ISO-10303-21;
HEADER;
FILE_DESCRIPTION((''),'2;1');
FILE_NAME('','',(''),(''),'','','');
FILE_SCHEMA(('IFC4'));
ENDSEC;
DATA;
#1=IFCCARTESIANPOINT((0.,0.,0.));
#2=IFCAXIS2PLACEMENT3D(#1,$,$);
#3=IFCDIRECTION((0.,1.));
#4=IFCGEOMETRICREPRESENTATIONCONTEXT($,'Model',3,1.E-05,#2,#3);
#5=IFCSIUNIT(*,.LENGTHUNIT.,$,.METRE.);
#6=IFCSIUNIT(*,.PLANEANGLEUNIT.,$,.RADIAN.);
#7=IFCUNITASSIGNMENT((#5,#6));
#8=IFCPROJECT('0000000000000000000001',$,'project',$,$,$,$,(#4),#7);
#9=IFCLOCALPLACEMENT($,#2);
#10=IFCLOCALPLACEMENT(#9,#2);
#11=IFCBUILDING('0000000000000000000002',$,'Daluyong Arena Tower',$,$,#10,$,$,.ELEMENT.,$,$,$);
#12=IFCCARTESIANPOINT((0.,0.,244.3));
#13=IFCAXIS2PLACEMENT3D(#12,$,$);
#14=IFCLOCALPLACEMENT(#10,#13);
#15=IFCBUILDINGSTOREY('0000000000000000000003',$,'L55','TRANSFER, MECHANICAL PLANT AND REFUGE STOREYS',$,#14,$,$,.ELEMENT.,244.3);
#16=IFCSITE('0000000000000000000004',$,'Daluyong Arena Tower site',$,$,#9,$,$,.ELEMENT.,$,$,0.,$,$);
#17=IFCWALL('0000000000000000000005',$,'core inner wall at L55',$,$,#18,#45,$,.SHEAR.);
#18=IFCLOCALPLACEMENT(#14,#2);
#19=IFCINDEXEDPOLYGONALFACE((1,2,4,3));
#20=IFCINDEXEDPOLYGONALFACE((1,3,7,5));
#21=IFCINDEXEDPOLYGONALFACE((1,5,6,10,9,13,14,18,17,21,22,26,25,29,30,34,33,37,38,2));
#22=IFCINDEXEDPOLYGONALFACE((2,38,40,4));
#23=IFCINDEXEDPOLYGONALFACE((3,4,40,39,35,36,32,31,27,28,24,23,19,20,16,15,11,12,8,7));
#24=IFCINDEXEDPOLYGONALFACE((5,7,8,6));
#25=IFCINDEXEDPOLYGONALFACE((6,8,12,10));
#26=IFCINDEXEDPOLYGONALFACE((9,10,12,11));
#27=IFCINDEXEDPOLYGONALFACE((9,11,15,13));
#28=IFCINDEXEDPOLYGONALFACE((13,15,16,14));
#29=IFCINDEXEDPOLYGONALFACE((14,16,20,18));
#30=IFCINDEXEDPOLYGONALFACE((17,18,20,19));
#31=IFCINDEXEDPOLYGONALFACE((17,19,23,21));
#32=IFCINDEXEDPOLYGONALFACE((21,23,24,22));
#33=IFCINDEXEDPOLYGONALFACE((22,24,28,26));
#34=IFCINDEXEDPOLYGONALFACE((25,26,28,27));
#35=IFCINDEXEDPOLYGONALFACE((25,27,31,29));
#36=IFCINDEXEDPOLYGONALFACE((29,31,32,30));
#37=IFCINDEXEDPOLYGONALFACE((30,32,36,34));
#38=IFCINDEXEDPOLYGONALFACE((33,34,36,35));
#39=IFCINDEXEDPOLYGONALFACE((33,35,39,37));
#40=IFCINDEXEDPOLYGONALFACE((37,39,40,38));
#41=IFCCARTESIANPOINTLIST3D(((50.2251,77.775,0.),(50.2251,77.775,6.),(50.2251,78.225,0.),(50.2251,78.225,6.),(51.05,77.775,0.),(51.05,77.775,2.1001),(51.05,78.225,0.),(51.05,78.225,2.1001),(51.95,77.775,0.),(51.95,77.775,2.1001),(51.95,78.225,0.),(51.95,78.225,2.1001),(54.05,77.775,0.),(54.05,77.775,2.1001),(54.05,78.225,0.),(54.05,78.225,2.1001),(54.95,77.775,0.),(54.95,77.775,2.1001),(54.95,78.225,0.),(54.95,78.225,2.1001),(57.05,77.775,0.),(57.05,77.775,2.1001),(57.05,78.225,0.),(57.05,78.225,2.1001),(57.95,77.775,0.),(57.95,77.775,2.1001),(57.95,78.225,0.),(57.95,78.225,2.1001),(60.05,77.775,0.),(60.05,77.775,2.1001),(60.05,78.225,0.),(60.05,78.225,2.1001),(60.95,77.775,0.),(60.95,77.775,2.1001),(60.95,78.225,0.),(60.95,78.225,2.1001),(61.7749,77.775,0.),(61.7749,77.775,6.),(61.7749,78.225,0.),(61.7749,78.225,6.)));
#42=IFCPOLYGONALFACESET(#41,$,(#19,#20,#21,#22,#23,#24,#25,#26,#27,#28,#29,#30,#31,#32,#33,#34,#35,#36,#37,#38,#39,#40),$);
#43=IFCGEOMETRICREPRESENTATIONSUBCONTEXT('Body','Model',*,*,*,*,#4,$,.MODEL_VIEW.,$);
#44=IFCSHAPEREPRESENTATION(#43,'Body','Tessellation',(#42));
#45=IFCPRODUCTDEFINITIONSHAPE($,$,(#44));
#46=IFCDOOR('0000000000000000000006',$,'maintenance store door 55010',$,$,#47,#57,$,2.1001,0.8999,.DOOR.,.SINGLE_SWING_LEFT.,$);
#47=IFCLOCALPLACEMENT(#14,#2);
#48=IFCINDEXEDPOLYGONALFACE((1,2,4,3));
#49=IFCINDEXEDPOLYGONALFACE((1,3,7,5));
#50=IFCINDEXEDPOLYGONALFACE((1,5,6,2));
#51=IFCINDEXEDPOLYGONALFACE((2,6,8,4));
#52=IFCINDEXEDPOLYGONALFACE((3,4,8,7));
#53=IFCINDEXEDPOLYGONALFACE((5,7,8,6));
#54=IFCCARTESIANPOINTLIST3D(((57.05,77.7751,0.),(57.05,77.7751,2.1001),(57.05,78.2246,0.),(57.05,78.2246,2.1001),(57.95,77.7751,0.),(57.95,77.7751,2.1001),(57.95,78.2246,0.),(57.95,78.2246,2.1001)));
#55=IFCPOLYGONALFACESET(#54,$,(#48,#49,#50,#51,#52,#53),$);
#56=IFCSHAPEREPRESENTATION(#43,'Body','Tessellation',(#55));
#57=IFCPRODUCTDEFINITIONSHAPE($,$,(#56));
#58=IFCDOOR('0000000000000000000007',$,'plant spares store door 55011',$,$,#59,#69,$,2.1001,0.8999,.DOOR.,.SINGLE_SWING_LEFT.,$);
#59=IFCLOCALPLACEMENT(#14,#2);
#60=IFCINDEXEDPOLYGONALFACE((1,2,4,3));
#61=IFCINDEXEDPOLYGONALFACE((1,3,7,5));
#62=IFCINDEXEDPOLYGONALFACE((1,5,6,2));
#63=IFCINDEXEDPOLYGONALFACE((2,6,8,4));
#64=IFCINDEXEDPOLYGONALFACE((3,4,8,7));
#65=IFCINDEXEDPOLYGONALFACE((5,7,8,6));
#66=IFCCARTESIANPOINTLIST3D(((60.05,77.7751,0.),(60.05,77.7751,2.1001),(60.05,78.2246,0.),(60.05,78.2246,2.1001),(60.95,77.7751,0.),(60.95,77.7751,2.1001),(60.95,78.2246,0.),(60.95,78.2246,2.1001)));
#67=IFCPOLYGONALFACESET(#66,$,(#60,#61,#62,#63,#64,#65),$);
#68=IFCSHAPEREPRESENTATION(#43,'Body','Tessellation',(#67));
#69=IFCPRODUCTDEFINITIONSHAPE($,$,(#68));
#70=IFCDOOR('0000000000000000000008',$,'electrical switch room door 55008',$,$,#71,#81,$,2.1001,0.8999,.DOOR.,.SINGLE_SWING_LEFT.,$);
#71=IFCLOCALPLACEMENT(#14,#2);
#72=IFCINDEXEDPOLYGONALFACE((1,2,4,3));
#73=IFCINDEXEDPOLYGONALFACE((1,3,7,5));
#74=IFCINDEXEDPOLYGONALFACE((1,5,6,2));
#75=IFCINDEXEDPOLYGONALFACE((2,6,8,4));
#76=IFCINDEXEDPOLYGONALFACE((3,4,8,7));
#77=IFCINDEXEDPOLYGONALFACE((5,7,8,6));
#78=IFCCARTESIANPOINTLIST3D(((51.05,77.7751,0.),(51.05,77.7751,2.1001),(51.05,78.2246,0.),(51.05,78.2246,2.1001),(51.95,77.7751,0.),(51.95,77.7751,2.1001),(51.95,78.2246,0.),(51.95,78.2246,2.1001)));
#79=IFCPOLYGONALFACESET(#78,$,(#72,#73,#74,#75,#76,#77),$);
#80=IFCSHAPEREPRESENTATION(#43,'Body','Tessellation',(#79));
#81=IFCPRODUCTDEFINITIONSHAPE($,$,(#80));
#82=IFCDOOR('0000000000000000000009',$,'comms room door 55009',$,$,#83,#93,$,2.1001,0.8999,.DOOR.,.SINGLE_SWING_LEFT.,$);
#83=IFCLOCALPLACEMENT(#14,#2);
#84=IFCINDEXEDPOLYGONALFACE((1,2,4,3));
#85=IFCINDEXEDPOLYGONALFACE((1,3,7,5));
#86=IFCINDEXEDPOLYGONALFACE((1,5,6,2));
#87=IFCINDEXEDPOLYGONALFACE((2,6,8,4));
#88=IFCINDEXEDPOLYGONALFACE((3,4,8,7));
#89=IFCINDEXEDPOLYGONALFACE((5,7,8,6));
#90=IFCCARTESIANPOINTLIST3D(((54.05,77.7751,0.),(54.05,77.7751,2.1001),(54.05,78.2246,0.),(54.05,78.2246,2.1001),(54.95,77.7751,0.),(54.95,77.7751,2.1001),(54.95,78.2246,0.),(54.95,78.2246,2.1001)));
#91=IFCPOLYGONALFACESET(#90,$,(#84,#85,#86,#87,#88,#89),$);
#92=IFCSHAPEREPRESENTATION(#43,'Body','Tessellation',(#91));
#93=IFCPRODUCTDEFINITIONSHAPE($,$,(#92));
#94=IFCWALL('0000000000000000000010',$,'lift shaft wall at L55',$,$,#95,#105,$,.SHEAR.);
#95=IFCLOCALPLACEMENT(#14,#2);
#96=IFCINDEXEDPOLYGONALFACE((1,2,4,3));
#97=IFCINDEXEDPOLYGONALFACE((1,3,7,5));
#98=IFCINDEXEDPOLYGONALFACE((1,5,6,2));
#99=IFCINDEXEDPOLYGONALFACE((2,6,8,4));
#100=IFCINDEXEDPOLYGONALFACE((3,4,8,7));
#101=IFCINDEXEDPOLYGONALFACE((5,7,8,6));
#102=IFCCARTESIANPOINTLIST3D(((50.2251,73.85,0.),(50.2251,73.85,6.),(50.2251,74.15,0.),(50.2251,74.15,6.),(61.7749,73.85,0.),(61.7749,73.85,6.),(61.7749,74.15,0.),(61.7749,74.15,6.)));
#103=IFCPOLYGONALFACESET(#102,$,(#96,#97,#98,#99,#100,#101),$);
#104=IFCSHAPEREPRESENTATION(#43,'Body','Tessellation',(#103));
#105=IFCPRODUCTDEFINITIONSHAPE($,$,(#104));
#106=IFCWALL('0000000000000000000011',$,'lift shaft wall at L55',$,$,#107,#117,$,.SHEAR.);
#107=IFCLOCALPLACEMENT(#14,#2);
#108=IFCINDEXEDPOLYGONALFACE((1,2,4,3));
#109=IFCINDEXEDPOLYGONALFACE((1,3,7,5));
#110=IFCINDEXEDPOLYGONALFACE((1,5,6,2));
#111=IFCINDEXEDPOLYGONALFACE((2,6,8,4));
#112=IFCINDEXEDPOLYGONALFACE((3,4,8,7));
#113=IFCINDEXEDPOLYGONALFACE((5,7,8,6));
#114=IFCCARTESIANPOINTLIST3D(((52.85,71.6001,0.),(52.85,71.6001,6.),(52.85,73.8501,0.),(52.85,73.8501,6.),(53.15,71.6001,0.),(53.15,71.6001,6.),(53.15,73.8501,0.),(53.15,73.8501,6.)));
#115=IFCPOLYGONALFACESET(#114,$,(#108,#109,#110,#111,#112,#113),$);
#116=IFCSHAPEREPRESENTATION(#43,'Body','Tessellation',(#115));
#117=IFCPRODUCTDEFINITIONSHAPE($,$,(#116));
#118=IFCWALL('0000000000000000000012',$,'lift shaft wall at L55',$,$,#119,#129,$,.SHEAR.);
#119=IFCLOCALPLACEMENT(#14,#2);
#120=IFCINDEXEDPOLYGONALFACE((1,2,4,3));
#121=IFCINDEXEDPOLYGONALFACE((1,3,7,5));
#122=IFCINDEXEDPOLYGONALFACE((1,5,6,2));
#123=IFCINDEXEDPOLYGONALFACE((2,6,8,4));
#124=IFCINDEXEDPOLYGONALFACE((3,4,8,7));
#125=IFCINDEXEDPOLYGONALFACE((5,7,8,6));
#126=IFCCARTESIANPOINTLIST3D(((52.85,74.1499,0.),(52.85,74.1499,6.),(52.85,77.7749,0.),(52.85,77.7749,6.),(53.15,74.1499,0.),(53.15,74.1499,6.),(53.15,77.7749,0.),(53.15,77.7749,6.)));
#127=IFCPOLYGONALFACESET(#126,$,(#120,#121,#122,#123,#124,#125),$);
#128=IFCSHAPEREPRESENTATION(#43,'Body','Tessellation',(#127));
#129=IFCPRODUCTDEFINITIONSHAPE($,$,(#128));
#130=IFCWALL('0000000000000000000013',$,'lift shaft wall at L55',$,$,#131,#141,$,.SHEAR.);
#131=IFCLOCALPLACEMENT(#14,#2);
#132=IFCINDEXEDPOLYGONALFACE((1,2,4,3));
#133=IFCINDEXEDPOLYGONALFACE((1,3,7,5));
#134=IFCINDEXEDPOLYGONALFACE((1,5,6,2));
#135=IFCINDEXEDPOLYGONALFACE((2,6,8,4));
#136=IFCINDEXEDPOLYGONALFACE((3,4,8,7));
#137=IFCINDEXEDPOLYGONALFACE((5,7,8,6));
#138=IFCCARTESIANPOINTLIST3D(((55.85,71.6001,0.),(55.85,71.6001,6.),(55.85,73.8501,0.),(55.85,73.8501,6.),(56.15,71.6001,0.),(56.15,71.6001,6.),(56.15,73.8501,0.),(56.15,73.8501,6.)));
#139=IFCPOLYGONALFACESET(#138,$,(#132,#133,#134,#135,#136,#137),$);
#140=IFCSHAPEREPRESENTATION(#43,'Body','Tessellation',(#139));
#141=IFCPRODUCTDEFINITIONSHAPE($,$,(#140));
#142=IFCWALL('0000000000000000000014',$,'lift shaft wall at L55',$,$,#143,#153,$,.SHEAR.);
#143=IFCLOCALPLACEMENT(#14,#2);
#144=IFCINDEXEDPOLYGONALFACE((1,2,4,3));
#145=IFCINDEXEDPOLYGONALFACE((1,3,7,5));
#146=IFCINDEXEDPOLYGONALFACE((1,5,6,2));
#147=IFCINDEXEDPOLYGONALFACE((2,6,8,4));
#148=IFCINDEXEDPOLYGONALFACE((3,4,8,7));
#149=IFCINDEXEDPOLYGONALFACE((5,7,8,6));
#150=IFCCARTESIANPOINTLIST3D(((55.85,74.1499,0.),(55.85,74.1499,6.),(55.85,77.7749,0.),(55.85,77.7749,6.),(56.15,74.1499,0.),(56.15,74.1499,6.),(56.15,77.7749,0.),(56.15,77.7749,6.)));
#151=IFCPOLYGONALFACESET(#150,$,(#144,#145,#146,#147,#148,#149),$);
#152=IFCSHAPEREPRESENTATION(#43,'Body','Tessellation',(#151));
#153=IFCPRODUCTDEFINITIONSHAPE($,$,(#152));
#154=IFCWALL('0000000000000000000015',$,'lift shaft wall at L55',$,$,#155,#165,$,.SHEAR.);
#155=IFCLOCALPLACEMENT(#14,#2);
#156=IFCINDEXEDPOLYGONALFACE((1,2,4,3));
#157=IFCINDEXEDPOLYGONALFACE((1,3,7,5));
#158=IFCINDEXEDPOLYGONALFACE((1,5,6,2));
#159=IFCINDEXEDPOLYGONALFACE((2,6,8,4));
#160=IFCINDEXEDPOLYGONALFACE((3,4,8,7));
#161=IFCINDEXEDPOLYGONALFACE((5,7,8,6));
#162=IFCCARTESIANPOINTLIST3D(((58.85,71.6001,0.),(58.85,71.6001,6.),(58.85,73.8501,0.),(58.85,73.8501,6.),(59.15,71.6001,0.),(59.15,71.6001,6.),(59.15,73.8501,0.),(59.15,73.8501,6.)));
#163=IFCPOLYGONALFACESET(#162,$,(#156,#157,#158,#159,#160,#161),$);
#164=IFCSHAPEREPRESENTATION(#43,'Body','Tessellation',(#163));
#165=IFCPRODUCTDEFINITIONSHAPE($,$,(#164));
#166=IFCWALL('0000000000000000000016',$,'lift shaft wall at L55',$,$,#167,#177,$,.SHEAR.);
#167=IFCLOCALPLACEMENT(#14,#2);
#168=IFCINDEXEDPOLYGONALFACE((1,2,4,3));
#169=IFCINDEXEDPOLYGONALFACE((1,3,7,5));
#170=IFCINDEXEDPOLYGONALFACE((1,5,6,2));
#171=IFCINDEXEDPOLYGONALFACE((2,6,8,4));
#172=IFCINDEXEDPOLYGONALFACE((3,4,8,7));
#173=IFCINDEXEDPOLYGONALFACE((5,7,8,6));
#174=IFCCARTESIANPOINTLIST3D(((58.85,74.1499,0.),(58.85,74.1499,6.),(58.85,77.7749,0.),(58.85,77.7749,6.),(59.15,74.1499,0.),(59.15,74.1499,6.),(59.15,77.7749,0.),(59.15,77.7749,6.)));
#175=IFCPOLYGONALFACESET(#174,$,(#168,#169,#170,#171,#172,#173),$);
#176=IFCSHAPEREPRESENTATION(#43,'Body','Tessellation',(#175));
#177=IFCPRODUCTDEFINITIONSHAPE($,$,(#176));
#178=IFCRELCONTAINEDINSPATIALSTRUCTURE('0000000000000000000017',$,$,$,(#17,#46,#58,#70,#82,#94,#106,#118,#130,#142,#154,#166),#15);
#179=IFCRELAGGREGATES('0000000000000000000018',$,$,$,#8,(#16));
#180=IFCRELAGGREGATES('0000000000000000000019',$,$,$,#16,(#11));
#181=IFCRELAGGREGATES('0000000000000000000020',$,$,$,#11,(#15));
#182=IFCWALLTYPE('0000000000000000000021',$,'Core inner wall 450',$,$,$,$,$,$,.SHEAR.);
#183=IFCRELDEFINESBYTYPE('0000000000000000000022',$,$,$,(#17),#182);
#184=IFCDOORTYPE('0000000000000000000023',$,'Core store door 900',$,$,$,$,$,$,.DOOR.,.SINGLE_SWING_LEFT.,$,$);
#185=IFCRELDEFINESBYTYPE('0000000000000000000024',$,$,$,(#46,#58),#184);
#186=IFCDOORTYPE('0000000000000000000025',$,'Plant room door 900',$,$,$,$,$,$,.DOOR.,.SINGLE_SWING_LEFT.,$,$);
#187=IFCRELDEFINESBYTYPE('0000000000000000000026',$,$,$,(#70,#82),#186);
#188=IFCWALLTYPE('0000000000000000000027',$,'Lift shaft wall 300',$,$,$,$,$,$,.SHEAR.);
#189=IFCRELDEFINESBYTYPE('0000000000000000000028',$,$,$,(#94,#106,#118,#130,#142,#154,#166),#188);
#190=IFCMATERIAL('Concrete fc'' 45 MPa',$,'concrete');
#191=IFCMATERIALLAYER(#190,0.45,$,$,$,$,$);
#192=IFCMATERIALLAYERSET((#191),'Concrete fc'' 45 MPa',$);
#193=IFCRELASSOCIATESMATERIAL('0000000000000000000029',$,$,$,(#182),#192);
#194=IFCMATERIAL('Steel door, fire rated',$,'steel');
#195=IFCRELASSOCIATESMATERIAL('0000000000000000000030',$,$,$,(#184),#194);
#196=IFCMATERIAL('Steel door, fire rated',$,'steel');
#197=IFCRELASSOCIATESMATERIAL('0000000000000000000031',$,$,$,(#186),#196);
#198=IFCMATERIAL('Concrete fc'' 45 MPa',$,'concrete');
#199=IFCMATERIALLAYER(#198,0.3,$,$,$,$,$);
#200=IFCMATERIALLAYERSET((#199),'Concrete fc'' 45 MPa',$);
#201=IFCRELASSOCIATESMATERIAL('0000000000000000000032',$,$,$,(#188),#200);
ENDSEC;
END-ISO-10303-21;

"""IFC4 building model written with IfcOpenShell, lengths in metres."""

from ifc_helpers import new_model, si_unit, direction, frame, frame_2d, origin, place, context, subcontext, project, spatial, rectangle, extrude, material, layer, layer_set, type_object, element, fill, save


model = new_model("IFC4")

# Units and contexts
model_context = context("Model", 3, precision=1e-05, world=origin(), true_north=direction((0.0, 1.0)))
body_context = subcontext(model_context, "Body", "Model", "MODEL_VIEW")
ifc_project = project(units=[si_unit("LENGTHUNIT", "METRE"), si_unit("PLANEANGLEUNIT", "RADIAN")], contexts=[model_context])

# Site, building, storey
site_placement = place(None, origin())
site = spatial("IfcSite", under=ifc_project, at=site_placement, Name="Daluyong Arena Tower site", CompositionType="ELEMENT", RefElevation=0.0)
building_placement = place(site_placement, origin())
building = spatial("IfcBuilding", under=site, at=building_placement, Name="Daluyong Arena Tower", CompositionType="ELEMENT")
storey_placement = place(building_placement, frame((0.0, 0.0, 244.3)))
storey = spatial("IfcBuildingStorey", under=building, at=storey_placement, Name="L55", Description="TRANSFER, MECHANICAL PLANT AND REFUGE STOREYS", CompositionType="ELEMENT", Elevation=244.3)

# Shared definitions
ifc_material_1 = material(Name="Concrete fc' 45 MPa", Category="concrete")
ifc_layer_1 = layer(ifc_material_1, 0.45)
ifc_layer_set_1 = layer_set([ifc_layer_1], Name="Concrete fc' 45 MPa")
wall_type_1 = type_object("IfcWallType", Name="Core inner wall 450", PredefinedType="SHEAR", material=ifc_layer_set_1)

# Wall, openings, doors
wall_1_placement = place(storey_placement, frame((50.2251, 78.0, 0.0), z_axis=(0.0, 0.0, 1.0), x_axis=(1.0, 0.0, 0.0)))
wall_1 = element("IfcWall", 1, at=wall_1_placement, inside=storey, type_object=wall_type_1, Name="core inner wall at L55", PredefinedType="SHEAR", context=body_context, shape_type="SweptSolid", body=[
    extrude(rectangle(XDim=11.5498, YDim=0.45, at=frame_2d((5.7749, 0.0))), origin(), (0.0, 0.0, 1.0), 6.0),
])
opening_1_placement = place(wall_1_placement, frame((0.825, 0.0, 0.0)))
opening_1 = element("IfcOpeningElement", 2, at=opening_1_placement, cuts=wall_1, PredefinedType="OPENING", context=body_context, shape_type="SweptSolid", body=[
    extrude(rectangle(XDim=0.8999, YDim=2.1001, at=frame_2d((0.45, 1.05))), frame((0.0, 0.2349, 0.0), z_axis=(0.0, -1.0, 0.0), x_axis=(1.0, 0.0, 0.0)), (0.0, 0.0, 1.0), 0.47),
])
opening_2_placement = place(wall_1_placement, frame((3.825, 0.0, 0.0)))
opening_2 = element("IfcOpeningElement", 3, at=opening_2_placement, cuts=wall_1, PredefinedType="OPENING", context=body_context, shape_type="SweptSolid", body=[
    extrude(rectangle(XDim=0.8999, YDim=2.1001, at=frame_2d((0.45, 1.05))), frame((0.0, 0.2349, 0.0), z_axis=(0.0, -1.0, 0.0), x_axis=(1.0, 0.0, 0.0)), (0.0, 0.0, 1.0), 0.47),
])
opening_3_placement = place(wall_1_placement, frame((6.825, 0.0, 0.0)))
opening_3 = element("IfcOpeningElement", 4, at=opening_3_placement, cuts=wall_1, PredefinedType="OPENING", context=body_context, shape_type="SweptSolid", body=[
    extrude(rectangle(XDim=0.8999, YDim=2.1001, at=frame_2d((0.45, 1.05))), frame((0.0, 0.2349, 0.0), z_axis=(0.0, -1.0, 0.0), x_axis=(1.0, 0.0, 0.0)), (0.0, 0.0, 1.0), 0.47),
])
opening_4_placement = place(wall_1_placement, frame((9.825, 0.0, 0.0)))
opening_4 = element("IfcOpeningElement", 5, at=opening_4_placement, cuts=wall_1, PredefinedType="OPENING", context=body_context, shape_type="SweptSolid", body=[
    extrude(rectangle(XDim=0.8999, YDim=2.1001, at=frame_2d((0.45, 1.05))), frame((0.0, 0.2349, 0.0), z_axis=(0.0, -1.0, 0.0), x_axis=(1.0, 0.0, 0.0)), (0.0, 0.0, 1.0), 0.47),
])
ifc_material_2 = material(Name="Steel door, fire rated", Category="steel")
door_type_1 = type_object("IfcDoorType", Name="Core store door 900", OperationType="SINGLE_SWING_LEFT", PredefinedType="DOOR", material=ifc_material_2)
door_1_placement = place(opening_3_placement, origin())
door_1 = element("IfcDoor", 6, at=door_1_placement, inside=storey, type_object=door_type_1, Name="maintenance store door 55010", OperationType="SINGLE_SWING_LEFT", OverallHeight=2.1001, OverallWidth=0.8999, PredefinedType="DOOR", context=body_context, shape_type="SweptSolid", body=[
    extrude(rectangle(XDim=0.8999, YDim=2.1001, at=frame_2d((0.45, 1.05))), frame((0.0, 0.2246, 0.0), z_axis=(0.0, -1.0, 0.0), x_axis=(1.0, 0.0, 0.0)), (0.0, 0.0, 1.0), 0.4495),
])
fill(opening_3, door_1)
door_2_placement = place(opening_4_placement, origin())
door_2 = element("IfcDoor", 7, at=door_2_placement, inside=storey, type_object=door_type_1, Name="plant spares store door 55011", OperationType="SINGLE_SWING_LEFT", OverallHeight=2.1001, OverallWidth=0.8999, PredefinedType="DOOR", context=body_context, shape_type="SweptSolid", body=[
    extrude(rectangle(XDim=0.8999, YDim=2.1001, at=frame_2d((0.45, 1.05))), frame((0.0, 0.2246, 0.0), z_axis=(0.0, -1.0, 0.0), x_axis=(1.0, 0.0, 0.0)), (0.0, 0.0, 1.0), 0.4495),
])
fill(opening_4, door_2)
ifc_material_3 = material(Name="Steel door, fire rated", Category="steel")
door_type_2 = type_object("IfcDoorType", Name="Plant room door 900", OperationType="SINGLE_SWING_LEFT", PredefinedType="DOOR", material=ifc_material_3)
door_3_placement = place(opening_1_placement, origin())
door_3 = element("IfcDoor", 8, at=door_3_placement, inside=storey, type_object=door_type_2, Name="electrical switch room door 55008", OperationType="SINGLE_SWING_LEFT", OverallHeight=2.1001, OverallWidth=0.8999, PredefinedType="DOOR", context=body_context, shape_type="SweptSolid", body=[
    extrude(rectangle(XDim=0.8999, YDim=2.1001, at=frame_2d((0.45, 1.05))), frame((0.0, 0.2246, 0.0), z_axis=(0.0, -1.0, 0.0), x_axis=(1.0, 0.0, 0.0)), (0.0, 0.0, 1.0), 0.4495),
])
fill(opening_1, door_3)
door_4_placement = place(opening_2_placement, origin())
door_4 = element("IfcDoor", 9, at=door_4_placement, inside=storey, type_object=door_type_2, Name="comms room door 55009", OperationType="SINGLE_SWING_LEFT", OverallHeight=2.1001, OverallWidth=0.8999, PredefinedType="DOOR", context=body_context, shape_type="SweptSolid", body=[
    extrude(rectangle(XDim=0.8999, YDim=2.1001, at=frame_2d((0.45, 1.05))), frame((0.0, 0.2246, 0.0), z_axis=(0.0, -1.0, 0.0), x_axis=(1.0, 0.0, 0.0)), (0.0, 0.0, 1.0), 0.4495),
])
fill(opening_2, door_4)

# Walls
ifc_material_4 = material(Name="Concrete fc' 45 MPa", Category="concrete")
ifc_layer_2 = layer(ifc_material_4, 0.3)
ifc_layer_set_2 = layer_set([ifc_layer_2], Name="Concrete fc' 45 MPa")
wall_type_2 = type_object("IfcWallType", Name="Lift shaft wall 300", PredefinedType="SHEAR", material=ifc_layer_set_2)
wall_2_placement = place(storey_placement, frame((50.2251, 74.0, 0.0), z_axis=(0.0, 0.0, 1.0), x_axis=(1.0, 0.0, 0.0)))
element("IfcWall", 10, at=wall_2_placement, inside=storey, type_object=wall_type_2, Name="lift shaft wall at L55", PredefinedType="SHEAR", context=body_context, shape_type="SweptSolid", body=[
    extrude(rectangle(XDim=11.5498, YDim=0.3, at=frame_2d((5.7749, 0.0))), origin(), (0.0, 0.0, 1.0), 6.0),
])
wall_3_placement = place(storey_placement, frame((53.0, 71.6001, 0.0), z_axis=(0.0, 0.0, 1.0), x_axis=(0.0, 1.0, 0.0)))
element("IfcWall", 11, at=wall_3_placement, inside=storey, type_object=wall_type_2, Name="lift shaft wall at L55", PredefinedType="SHEAR", context=body_context, shape_type="SweptSolid", body=[
    extrude(rectangle(XDim=2.25, YDim=0.3, at=frame_2d((1.125, 0.0))), origin(), (0.0, 0.0, 1.0), 6.0),
])
wall_4_placement = place(storey_placement, frame((53.0, 74.1499, 0.0), z_axis=(0.0, 0.0, 1.0), x_axis=(0.0, 1.0, 0.0)))
element("IfcWall", 12, at=wall_4_placement, inside=storey, type_object=wall_type_2, Name="lift shaft wall at L55", PredefinedType="SHEAR", context=body_context, shape_type="SweptSolid", body=[
    extrude(rectangle(XDim=3.625, YDim=0.3, at=frame_2d((1.8125, 0.0))), origin(), (0.0, 0.0, 1.0), 6.0),
])
wall_5_placement = place(storey_placement, frame((56.0, 71.6001, 0.0), z_axis=(0.0, 0.0, 1.0), x_axis=(0.0, 1.0, 0.0)))
element("IfcWall", 13, at=wall_5_placement, inside=storey, type_object=wall_type_2, Name="lift shaft wall at L55", PredefinedType="SHEAR", context=body_context, shape_type="SweptSolid", body=[
    extrude(rectangle(XDim=2.25, YDim=0.3, at=frame_2d((1.125, 0.0))), origin(), (0.0, 0.0, 1.0), 6.0),
])
wall_6_placement = place(storey_placement, frame((56.0, 74.1499, 0.0), z_axis=(0.0, 0.0, 1.0), x_axis=(0.0, 1.0, 0.0)))
element("IfcWall", 14, at=wall_6_placement, inside=storey, type_object=wall_type_2, Name="lift shaft wall at L55", PredefinedType="SHEAR", context=body_context, shape_type="SweptSolid", body=[
    extrude(rectangle(XDim=3.625, YDim=0.3, at=frame_2d((1.8125, 0.0))), origin(), (0.0, 0.0, 1.0), 6.0),
])
wall_7_placement = place(storey_placement, frame((59.0, 71.6001, 0.0), z_axis=(0.0, 0.0, 1.0), x_axis=(0.0, 1.0, 0.0)))
element("IfcWall", 15, at=wall_7_placement, inside=storey, type_object=wall_type_2, Name="lift shaft wall at L55", PredefinedType="SHEAR", context=body_context, shape_type="SweptSolid", body=[
    extrude(rectangle(XDim=2.25, YDim=0.3, at=frame_2d((1.125, 0.0))), origin(), (0.0, 0.0, 1.0), 6.0),
])
wall_8_placement = place(storey_placement, frame((59.0, 74.1499, 0.0), z_axis=(0.0, 0.0, 1.0), x_axis=(0.0, 1.0, 0.0)))
element("IfcWall", 16, at=wall_8_placement, inside=storey, type_object=wall_type_2, Name="lift shaft wall at L55", PredefinedType="SHEAR", context=body_context, shape_type="SweptSolid", body=[
    extrude(rectangle(XDim=3.625, YDim=0.3, at=frame_2d((1.8125, 0.0))), origin(), (0.0, 0.0, 1.0), 6.0),
])

save(model, "model.ifc")
